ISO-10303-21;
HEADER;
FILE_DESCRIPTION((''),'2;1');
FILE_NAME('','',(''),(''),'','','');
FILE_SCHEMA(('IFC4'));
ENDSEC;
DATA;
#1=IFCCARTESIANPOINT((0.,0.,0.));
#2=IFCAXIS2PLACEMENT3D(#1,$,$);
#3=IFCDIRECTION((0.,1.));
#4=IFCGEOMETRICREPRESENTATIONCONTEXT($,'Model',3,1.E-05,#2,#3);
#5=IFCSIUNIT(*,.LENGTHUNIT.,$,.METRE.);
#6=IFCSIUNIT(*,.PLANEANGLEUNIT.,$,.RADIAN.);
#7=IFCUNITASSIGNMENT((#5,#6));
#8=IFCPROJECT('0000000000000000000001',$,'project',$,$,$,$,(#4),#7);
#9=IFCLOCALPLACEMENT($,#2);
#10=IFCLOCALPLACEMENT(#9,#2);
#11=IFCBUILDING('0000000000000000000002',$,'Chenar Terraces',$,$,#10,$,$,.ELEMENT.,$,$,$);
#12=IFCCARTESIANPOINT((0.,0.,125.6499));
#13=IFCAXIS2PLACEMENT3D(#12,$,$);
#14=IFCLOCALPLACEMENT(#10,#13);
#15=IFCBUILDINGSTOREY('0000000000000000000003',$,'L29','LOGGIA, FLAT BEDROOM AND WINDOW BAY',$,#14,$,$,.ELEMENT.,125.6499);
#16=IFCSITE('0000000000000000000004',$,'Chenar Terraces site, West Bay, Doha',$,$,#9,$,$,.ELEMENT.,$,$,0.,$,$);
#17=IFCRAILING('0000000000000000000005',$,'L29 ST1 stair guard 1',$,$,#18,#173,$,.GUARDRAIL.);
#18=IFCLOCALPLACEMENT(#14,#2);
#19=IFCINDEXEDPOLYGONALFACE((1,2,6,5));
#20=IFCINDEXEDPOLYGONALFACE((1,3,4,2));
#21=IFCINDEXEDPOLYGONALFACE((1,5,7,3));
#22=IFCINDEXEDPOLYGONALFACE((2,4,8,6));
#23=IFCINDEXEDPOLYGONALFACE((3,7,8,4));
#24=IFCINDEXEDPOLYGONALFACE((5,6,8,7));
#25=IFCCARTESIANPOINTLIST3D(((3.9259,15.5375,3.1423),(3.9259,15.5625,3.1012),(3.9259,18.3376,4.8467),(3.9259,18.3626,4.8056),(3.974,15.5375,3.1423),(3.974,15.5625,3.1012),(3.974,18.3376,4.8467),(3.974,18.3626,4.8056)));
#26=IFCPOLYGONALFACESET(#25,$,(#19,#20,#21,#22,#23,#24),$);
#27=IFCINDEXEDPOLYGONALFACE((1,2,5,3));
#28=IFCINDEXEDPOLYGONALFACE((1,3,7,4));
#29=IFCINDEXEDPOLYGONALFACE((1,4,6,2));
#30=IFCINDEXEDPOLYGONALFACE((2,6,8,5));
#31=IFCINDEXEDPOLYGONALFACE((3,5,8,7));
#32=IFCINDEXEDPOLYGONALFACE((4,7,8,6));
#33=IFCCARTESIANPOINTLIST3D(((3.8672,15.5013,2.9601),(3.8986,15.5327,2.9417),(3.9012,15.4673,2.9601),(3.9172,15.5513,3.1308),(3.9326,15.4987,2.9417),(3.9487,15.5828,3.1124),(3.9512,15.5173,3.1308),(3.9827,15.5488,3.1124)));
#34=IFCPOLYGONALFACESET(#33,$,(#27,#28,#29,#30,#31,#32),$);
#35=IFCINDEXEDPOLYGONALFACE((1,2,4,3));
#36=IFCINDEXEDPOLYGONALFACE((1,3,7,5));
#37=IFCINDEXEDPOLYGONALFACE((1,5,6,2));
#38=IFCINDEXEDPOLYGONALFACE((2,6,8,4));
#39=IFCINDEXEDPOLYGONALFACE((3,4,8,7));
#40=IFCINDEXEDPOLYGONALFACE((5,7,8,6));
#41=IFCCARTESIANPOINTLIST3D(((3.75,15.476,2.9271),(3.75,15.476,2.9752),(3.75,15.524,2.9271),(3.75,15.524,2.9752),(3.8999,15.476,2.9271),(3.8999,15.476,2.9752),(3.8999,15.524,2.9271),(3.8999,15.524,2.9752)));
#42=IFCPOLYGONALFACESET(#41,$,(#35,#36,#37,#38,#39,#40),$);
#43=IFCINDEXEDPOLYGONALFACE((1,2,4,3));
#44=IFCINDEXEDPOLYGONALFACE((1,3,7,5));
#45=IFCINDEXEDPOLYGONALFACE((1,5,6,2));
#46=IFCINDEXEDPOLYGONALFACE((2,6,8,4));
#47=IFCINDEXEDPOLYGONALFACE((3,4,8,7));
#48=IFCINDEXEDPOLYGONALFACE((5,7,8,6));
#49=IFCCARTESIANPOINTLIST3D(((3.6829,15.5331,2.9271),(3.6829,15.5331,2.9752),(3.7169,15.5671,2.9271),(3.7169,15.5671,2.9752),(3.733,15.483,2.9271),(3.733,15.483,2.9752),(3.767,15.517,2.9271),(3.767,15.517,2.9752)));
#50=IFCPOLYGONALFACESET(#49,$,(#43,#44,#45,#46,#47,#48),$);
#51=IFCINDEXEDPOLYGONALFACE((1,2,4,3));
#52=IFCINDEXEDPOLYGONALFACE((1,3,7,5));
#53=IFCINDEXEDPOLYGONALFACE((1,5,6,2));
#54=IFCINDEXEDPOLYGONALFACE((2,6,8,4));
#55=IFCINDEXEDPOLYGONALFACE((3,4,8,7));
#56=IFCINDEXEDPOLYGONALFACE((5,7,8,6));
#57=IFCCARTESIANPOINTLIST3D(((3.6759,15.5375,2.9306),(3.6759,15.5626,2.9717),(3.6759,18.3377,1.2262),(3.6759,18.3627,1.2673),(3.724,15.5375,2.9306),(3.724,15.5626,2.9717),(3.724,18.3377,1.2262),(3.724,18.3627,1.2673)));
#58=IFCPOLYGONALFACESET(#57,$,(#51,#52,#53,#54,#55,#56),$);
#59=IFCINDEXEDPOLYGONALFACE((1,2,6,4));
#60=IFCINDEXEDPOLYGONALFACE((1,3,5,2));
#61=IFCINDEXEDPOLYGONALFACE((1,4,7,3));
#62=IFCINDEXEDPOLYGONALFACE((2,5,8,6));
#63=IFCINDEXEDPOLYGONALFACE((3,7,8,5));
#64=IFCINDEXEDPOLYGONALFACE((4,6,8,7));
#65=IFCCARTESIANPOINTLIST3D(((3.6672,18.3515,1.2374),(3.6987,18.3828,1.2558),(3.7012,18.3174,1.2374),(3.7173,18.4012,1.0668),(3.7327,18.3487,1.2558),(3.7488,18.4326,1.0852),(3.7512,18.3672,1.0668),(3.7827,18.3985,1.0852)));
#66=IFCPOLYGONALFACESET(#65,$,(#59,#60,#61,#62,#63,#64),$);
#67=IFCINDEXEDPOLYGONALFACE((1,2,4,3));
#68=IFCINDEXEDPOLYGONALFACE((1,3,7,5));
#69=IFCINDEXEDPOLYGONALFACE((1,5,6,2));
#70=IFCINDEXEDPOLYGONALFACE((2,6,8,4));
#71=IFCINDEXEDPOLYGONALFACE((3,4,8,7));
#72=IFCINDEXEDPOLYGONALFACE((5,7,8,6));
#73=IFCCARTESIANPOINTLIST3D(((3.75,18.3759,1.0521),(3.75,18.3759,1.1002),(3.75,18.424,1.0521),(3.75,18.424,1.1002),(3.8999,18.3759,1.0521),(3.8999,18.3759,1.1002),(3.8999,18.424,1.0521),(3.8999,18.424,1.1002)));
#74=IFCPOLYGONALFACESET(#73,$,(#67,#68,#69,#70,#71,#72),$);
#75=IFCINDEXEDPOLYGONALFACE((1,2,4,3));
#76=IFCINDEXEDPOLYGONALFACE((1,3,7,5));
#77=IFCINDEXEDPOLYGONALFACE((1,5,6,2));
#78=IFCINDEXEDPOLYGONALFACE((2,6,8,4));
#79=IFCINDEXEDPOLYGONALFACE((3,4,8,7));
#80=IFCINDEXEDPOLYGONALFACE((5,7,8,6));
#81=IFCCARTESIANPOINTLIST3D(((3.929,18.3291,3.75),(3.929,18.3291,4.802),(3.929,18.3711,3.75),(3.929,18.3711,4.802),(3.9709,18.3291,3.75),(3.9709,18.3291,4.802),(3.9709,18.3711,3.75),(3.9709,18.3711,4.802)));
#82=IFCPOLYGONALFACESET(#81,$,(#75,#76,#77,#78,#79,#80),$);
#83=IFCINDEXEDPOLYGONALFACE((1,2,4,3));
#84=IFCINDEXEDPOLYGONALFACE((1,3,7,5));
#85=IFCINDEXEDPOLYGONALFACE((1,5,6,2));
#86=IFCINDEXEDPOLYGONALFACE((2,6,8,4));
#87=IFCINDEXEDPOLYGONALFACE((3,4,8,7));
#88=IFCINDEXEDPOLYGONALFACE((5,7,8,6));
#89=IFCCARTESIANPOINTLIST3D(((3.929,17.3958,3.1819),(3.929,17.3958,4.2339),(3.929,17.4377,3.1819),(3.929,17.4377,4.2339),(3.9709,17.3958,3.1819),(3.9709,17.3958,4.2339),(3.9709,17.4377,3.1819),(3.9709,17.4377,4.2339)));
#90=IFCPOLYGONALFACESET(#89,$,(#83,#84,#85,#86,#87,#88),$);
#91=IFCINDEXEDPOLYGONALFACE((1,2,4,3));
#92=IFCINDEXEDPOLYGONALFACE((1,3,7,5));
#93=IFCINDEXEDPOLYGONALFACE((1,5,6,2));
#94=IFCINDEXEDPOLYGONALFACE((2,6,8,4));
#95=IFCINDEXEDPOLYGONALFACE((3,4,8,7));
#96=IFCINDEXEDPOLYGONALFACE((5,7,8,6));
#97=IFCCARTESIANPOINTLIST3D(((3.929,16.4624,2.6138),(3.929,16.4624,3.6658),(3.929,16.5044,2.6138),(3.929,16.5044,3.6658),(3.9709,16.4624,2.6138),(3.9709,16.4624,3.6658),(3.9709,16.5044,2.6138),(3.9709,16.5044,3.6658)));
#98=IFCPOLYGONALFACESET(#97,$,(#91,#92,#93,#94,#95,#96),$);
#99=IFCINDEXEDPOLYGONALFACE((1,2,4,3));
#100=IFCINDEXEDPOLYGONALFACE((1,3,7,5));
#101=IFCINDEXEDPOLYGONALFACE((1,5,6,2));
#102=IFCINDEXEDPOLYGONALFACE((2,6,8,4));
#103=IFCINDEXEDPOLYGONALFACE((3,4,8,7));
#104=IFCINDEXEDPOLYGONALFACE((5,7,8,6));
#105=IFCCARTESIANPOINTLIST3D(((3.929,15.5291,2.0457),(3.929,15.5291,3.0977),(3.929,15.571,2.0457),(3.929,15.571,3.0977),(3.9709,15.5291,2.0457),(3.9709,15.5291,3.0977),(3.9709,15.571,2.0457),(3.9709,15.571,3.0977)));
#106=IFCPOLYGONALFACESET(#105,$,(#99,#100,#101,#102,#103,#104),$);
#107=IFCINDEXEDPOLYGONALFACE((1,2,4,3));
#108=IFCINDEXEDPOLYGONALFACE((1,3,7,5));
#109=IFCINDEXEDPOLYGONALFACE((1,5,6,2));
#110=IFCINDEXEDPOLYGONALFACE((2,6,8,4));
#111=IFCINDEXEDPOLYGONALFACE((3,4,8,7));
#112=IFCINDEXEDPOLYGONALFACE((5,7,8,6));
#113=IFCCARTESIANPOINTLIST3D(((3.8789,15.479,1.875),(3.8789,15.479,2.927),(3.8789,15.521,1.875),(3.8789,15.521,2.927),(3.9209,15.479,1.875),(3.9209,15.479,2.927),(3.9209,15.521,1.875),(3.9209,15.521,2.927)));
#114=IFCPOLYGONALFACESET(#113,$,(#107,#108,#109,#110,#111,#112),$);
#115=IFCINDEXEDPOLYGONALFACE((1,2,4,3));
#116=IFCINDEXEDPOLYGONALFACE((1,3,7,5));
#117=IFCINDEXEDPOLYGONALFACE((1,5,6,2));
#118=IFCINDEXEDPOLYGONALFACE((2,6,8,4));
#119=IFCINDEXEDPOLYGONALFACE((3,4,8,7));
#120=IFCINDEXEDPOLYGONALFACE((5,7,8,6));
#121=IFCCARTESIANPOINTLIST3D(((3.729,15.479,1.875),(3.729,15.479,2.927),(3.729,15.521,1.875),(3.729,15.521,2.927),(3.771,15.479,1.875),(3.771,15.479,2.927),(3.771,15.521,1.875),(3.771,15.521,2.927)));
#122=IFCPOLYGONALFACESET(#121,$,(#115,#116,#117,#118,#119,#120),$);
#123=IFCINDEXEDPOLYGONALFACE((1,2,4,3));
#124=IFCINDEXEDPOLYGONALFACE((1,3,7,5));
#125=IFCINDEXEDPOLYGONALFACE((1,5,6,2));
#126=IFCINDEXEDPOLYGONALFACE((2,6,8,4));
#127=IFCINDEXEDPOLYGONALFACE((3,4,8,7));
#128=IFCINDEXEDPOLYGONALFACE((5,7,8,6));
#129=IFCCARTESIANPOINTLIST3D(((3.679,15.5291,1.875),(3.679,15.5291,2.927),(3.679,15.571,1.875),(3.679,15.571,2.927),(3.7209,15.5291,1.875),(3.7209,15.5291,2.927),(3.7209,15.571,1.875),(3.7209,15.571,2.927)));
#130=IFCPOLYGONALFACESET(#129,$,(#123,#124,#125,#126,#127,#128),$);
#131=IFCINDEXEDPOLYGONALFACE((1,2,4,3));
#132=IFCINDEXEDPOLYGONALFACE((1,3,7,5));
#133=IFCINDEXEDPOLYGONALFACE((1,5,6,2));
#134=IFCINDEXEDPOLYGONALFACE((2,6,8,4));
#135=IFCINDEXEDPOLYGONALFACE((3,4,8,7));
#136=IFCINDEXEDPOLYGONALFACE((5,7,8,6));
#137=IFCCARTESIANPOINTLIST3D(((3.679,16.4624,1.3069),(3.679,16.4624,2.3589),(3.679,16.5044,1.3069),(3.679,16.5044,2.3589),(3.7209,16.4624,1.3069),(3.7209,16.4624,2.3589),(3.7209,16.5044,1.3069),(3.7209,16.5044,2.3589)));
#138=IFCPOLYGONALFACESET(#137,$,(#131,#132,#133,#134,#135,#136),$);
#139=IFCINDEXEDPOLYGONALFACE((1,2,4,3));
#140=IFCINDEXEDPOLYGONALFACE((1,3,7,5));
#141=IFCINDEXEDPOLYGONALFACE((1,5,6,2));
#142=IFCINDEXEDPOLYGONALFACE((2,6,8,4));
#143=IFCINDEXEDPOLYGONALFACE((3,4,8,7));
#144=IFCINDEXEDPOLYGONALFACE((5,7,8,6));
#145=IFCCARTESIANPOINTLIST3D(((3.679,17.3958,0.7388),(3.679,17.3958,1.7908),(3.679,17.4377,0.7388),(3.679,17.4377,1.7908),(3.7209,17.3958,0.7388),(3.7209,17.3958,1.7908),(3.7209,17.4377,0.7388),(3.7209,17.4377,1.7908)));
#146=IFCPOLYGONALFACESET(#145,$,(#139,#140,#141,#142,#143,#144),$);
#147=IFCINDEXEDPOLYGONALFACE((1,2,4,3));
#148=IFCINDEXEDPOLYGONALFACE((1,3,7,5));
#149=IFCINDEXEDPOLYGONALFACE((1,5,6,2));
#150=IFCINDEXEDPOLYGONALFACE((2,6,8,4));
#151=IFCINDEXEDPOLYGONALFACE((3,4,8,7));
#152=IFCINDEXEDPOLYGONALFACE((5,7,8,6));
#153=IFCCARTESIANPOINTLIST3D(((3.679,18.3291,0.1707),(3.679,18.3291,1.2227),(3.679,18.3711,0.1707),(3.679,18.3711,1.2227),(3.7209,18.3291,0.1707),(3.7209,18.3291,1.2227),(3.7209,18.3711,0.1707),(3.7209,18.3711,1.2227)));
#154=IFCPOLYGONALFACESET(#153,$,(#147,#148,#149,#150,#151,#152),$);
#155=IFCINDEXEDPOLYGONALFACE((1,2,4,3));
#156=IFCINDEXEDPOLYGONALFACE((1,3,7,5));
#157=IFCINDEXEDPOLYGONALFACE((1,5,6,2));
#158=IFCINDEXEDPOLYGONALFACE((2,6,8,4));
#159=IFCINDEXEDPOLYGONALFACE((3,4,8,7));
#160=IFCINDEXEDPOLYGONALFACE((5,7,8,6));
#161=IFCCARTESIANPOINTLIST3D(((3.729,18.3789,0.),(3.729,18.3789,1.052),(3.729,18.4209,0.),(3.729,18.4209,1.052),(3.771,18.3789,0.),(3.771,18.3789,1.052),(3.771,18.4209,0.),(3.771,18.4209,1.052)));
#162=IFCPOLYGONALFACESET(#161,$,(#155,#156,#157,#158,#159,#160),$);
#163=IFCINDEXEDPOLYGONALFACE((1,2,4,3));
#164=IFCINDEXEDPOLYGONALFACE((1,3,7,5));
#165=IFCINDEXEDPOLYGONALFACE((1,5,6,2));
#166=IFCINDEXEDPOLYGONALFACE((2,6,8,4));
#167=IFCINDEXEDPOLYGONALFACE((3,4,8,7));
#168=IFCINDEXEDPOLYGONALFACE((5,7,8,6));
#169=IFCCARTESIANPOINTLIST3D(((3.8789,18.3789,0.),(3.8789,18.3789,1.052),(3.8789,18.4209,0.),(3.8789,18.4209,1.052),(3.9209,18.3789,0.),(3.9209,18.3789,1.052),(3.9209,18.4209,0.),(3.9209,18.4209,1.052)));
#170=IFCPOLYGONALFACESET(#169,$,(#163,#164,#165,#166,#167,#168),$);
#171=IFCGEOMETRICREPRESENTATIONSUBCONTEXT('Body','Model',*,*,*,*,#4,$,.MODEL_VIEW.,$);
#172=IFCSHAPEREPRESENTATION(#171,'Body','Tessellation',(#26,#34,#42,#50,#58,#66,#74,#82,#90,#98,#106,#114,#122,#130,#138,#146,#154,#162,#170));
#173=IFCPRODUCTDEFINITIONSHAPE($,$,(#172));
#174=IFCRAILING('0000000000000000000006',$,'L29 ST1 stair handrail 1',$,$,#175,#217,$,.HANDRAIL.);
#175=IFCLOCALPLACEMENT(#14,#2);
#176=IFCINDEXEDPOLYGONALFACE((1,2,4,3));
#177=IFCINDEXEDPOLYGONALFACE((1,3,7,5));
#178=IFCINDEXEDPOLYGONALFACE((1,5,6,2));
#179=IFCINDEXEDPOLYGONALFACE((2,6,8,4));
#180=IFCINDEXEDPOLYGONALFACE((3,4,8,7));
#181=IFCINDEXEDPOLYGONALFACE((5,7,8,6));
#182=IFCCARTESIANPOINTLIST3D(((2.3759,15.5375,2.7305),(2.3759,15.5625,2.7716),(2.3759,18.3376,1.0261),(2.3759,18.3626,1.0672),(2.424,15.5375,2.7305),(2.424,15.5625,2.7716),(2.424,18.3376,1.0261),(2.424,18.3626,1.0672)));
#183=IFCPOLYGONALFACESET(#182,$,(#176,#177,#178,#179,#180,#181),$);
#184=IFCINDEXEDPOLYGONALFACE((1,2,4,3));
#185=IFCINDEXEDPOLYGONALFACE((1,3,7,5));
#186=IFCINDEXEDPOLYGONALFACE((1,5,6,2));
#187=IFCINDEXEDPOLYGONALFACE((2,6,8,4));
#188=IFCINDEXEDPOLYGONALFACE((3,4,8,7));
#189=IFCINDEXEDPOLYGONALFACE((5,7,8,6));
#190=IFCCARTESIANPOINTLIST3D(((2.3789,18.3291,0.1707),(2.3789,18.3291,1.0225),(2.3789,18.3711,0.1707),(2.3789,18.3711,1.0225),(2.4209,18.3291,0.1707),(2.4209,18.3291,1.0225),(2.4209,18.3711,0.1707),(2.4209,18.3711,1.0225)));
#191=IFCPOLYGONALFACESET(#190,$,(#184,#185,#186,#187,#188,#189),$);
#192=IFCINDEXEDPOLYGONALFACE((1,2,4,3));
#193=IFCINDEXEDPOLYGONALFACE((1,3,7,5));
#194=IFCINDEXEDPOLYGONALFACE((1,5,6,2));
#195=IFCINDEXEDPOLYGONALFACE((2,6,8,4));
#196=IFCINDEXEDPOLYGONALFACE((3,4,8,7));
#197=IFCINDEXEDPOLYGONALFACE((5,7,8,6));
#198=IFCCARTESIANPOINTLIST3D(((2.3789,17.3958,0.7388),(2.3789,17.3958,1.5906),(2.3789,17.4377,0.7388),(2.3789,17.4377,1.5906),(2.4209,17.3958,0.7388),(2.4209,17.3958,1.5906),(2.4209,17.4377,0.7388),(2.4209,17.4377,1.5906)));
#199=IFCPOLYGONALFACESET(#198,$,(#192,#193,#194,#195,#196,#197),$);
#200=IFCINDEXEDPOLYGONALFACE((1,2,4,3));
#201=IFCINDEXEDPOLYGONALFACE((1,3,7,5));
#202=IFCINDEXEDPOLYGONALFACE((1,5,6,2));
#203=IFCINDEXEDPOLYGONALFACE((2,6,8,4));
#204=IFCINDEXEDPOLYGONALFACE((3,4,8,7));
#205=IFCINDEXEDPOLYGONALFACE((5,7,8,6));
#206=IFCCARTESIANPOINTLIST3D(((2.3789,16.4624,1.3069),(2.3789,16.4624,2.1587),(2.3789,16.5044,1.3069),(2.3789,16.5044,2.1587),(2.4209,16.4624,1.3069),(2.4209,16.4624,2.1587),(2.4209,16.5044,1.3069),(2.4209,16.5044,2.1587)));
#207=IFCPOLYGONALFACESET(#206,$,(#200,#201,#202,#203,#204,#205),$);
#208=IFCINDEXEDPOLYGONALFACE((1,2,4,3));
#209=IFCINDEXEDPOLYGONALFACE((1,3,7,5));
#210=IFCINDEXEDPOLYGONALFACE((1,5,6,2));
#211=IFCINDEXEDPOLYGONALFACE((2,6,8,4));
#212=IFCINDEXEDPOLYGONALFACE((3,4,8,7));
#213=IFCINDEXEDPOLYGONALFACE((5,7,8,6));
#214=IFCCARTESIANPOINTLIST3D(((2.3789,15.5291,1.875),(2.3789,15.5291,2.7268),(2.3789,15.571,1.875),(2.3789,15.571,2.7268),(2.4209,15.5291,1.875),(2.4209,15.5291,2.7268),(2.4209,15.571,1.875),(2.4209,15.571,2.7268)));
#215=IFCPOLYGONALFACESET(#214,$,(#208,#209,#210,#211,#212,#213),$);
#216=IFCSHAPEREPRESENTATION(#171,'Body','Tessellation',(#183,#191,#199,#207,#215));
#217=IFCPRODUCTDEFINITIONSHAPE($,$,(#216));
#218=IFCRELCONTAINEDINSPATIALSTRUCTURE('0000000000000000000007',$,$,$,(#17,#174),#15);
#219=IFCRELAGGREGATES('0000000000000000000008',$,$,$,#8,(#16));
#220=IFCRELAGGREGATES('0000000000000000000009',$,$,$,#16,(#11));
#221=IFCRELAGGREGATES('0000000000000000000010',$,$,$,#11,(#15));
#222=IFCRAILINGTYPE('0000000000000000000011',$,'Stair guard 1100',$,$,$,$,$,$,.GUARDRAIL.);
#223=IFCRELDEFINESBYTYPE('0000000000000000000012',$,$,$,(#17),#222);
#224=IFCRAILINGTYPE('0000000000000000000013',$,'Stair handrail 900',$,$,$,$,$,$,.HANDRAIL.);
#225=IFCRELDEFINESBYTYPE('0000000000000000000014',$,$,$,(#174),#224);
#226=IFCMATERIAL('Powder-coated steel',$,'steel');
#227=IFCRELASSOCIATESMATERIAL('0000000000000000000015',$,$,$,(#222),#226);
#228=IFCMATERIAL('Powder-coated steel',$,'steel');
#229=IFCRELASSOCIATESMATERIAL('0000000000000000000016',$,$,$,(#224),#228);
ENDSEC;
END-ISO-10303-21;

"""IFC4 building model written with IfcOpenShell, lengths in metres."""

from ifc_helpers import new_model, si_unit, direction, frame, origin, origin_2d, place, context, subcontext, project, spatial, rectangle, extrude, material, type_object, element, save


model = new_model("IFC4")

# Units and contexts
model_context = context("Model", 3, precision=1e-05, world=origin(), true_north=direction((0.0, 1.0)))
body_context = subcontext(model_context, "Body", "Model", "MODEL_VIEW")
ifc_project = project(units=[si_unit("LENGTHUNIT", "METRE"), si_unit("PLANEANGLEUNIT", "RADIAN")], contexts=[model_context])

# Site, building, storey
site_placement = place(None, origin())
site = spatial("IfcSite", under=ifc_project, at=site_placement, Name="Chenar Terraces site, West Bay, Doha", CompositionType="ELEMENT", RefElevation=0.0)
building_placement = place(site_placement, origin())
building = spatial("IfcBuilding", under=site, at=building_placement, Name="Chenar Terraces", CompositionType="ELEMENT")
storey_placement = place(building_placement, frame((0.0, 0.0, 125.6499)))
storey = spatial("IfcBuildingStorey", under=building, at=storey_placement, Name="L29", Description="LOGGIA, FLAT BEDROOM AND WINDOW BAY", CompositionType="ELEMENT", Elevation=125.6499)

# Railings
ifc_material_1 = material(Name="Powder-coated steel", Category="steel")
railing_type_1 = type_object("IfcRailingType", Name="Stair guard 1100", PredefinedType="GUARDRAIL", material=ifc_material_1)
railing_1_placement = place(storey_placement, frame((3.95, 18.3501, 3.75)))
element("IfcRailing", 1, at=railing_1_placement, inside=storey, type_object=railing_type_1, Name="L29 ST1 stair guard 1", PredefinedType="GUARDRAIL", context=body_context, shape_type="SweptSolid", body=[
    extrude(rectangle(XDim=0.0481, YDim=0.0481, at=origin_2d()), frame((0.0, 0.0, 1.0762), z_axis=(0.0, -0.854203, -0.51994), x_axis=(1.0, 0.0, 0.0)), (0.0, 0.0, 1.0), 3.2781),
    extrude(rectangle(XDim=0.0481, YDim=0.0481, at=origin_2d()), frame((0.0, -2.8, -0.6284), z_axis=(-0.2709, -0.2709, -0.923703), x_axis=(0.707107, -0.707107, 0.0)), (0.0, 0.0, 1.0), 0.1848),
    extrude(rectangle(XDim=0.0481, YDim=0.0481, at=origin_2d()), frame((-0.05, -2.8501, -0.7988), z_axis=(-1.0, 0.0, 0.0), x_axis=(0.0, -1.0, 0.0)), (0.0, 0.0, 1.0), 0.1499),
    extrude(rectangle(XDim=0.0481, YDim=0.0481, at=origin_2d()), frame((-0.2, -2.8501, -0.7988), z_axis=(-0.707107, 0.707107, 0.0), x_axis=(-0.707107, -0.707107, 0.0)), (0.0, 0.0, 1.0), 0.0708),
    extrude(rectangle(XDim=0.0481, YDim=0.0481, at=origin_2d()), frame((-0.25, -2.8, -0.7988), z_axis=(0.0, 0.854203, -0.51994), x_axis=(-1.0, 0.0, 0.0)), (0.0, 0.0, 1.0), 3.2781),
    extrude(rectangle(XDim=0.0481, YDim=0.0481, at=origin_2d()), frame((-0.25, 0.0, -2.5034), z_axis=(0.270997, 0.269675, -0.924033), x_axis=(-0.705376, 0.708834, 0.0)), (0.0, 0.0, 1.0), 0.1846),
    extrude(rectangle(XDim=0.0481, YDim=0.0481, at=origin_2d()), frame((-0.2, 0.0498, -2.6738), z_axis=(1.0, 0.0, 0.0), x_axis=(0.0, 1.0, 0.0)), (0.0, 0.0, 1.0), 0.1499),
    extrude(rectangle(XDim=0.042, YDim=0.042, at=origin_2d()), origin(), (0.0, 0.0, 1.0), 1.052),
    extrude(rectangle(XDim=0.042, YDim=0.042, at=origin_2d()), frame((0.0, -0.9333, -0.5681)), (0.0, 0.0, 1.0), 1.052),
    extrude(rectangle(XDim=0.042, YDim=0.042, at=origin_2d()), frame((0.0, -1.8667, -1.1362)), (0.0, 0.0, 1.0), 1.052),
    extrude(rectangle(XDim=0.042, YDim=0.042, at=origin_2d()), frame((0.0, -2.8, -1.7043)), (0.0, 0.0, 1.0), 1.052),
    extrude(rectangle(XDim=0.042, YDim=0.042, at=origin_2d()), frame((-0.05, -2.8501, -1.875)), (0.0, 0.0, 1.0), 1.052),
    extrude(rectangle(XDim=0.042, YDim=0.042, at=origin_2d()), frame((-0.2, -2.8501, -1.875)), (0.0, 0.0, 1.0), 1.052),
    extrude(rectangle(XDim=0.042, YDim=0.042, at=origin_2d()), frame((-0.25, -2.8, -1.875)), (0.0, 0.0, 1.0), 1.052),
    extrude(rectangle(XDim=0.042, YDim=0.042, at=origin_2d()), frame((-0.25, -1.8667, -2.4431)), (0.0, 0.0, 1.0), 1.052),
    extrude(rectangle(XDim=0.042, YDim=0.042, at=origin_2d()), frame((-0.25, -0.9333, -3.0112)), (0.0, 0.0, 1.0), 1.052),
    extrude(rectangle(XDim=0.042, YDim=0.042, at=origin_2d()), frame((-0.25, 0.0, -3.5793)), (0.0, 0.0, 1.0), 1.052),
    extrude(rectangle(XDim=0.042, YDim=0.042, at=origin_2d()), frame((-0.2, 0.0498, -3.75)), (0.0, 0.0, 1.0), 1.052),
    extrude(rectangle(XDim=0.042, YDim=0.042, at=origin_2d()), frame((-0.05, 0.0498, -3.75)), (0.0, 0.0, 1.0), 1.052),
])
ifc_material_2 = material(Name="Powder-coated steel", Category="steel")
railing_type_2 = type_object("IfcRailingType", Name="Stair handrail 900", PredefinedType="HANDRAIL", material=ifc_material_2)
railing_2_placement = place(storey_placement, frame((2.3999, 18.3501, 0.1707)))
element("IfcRailing", 2, at=railing_2_placement, inside=storey, type_object=railing_type_2, Name="L29 ST1 stair handrail 1", PredefinedType="HANDRAIL", context=body_context, shape_type="SweptSolid", body=[
    extrude(rectangle(XDim=0.0481, YDim=0.0481, at=origin_2d()), frame((0.0, 0.0, 0.876), z_axis=(0.0, -0.854203, 0.51994), x_axis=(1.0, 0.0, 0.0)), (0.0, 0.0, 1.0), 3.2781),
    extrude(rectangle(XDim=0.042, YDim=0.042, at=origin_2d()), origin(), (0.0, 0.0, 1.0), 0.8518),
    extrude(rectangle(XDim=0.042, YDim=0.042, at=origin_2d()), frame((0.0, -0.9333, 0.5681)), (0.0, 0.0, 1.0), 0.8518),
    extrude(rectangle(XDim=0.042, YDim=0.042, at=origin_2d()), frame((0.0, -1.8667, 1.1362)), (0.0, 0.0, 1.0), 0.8518),
    extrude(rectangle(XDim=0.042, YDim=0.042, at=origin_2d()), frame((0.0, -2.8, 1.7043)), (0.0, 0.0, 1.0), 0.8518),
])

save(model, "model.ifc")
